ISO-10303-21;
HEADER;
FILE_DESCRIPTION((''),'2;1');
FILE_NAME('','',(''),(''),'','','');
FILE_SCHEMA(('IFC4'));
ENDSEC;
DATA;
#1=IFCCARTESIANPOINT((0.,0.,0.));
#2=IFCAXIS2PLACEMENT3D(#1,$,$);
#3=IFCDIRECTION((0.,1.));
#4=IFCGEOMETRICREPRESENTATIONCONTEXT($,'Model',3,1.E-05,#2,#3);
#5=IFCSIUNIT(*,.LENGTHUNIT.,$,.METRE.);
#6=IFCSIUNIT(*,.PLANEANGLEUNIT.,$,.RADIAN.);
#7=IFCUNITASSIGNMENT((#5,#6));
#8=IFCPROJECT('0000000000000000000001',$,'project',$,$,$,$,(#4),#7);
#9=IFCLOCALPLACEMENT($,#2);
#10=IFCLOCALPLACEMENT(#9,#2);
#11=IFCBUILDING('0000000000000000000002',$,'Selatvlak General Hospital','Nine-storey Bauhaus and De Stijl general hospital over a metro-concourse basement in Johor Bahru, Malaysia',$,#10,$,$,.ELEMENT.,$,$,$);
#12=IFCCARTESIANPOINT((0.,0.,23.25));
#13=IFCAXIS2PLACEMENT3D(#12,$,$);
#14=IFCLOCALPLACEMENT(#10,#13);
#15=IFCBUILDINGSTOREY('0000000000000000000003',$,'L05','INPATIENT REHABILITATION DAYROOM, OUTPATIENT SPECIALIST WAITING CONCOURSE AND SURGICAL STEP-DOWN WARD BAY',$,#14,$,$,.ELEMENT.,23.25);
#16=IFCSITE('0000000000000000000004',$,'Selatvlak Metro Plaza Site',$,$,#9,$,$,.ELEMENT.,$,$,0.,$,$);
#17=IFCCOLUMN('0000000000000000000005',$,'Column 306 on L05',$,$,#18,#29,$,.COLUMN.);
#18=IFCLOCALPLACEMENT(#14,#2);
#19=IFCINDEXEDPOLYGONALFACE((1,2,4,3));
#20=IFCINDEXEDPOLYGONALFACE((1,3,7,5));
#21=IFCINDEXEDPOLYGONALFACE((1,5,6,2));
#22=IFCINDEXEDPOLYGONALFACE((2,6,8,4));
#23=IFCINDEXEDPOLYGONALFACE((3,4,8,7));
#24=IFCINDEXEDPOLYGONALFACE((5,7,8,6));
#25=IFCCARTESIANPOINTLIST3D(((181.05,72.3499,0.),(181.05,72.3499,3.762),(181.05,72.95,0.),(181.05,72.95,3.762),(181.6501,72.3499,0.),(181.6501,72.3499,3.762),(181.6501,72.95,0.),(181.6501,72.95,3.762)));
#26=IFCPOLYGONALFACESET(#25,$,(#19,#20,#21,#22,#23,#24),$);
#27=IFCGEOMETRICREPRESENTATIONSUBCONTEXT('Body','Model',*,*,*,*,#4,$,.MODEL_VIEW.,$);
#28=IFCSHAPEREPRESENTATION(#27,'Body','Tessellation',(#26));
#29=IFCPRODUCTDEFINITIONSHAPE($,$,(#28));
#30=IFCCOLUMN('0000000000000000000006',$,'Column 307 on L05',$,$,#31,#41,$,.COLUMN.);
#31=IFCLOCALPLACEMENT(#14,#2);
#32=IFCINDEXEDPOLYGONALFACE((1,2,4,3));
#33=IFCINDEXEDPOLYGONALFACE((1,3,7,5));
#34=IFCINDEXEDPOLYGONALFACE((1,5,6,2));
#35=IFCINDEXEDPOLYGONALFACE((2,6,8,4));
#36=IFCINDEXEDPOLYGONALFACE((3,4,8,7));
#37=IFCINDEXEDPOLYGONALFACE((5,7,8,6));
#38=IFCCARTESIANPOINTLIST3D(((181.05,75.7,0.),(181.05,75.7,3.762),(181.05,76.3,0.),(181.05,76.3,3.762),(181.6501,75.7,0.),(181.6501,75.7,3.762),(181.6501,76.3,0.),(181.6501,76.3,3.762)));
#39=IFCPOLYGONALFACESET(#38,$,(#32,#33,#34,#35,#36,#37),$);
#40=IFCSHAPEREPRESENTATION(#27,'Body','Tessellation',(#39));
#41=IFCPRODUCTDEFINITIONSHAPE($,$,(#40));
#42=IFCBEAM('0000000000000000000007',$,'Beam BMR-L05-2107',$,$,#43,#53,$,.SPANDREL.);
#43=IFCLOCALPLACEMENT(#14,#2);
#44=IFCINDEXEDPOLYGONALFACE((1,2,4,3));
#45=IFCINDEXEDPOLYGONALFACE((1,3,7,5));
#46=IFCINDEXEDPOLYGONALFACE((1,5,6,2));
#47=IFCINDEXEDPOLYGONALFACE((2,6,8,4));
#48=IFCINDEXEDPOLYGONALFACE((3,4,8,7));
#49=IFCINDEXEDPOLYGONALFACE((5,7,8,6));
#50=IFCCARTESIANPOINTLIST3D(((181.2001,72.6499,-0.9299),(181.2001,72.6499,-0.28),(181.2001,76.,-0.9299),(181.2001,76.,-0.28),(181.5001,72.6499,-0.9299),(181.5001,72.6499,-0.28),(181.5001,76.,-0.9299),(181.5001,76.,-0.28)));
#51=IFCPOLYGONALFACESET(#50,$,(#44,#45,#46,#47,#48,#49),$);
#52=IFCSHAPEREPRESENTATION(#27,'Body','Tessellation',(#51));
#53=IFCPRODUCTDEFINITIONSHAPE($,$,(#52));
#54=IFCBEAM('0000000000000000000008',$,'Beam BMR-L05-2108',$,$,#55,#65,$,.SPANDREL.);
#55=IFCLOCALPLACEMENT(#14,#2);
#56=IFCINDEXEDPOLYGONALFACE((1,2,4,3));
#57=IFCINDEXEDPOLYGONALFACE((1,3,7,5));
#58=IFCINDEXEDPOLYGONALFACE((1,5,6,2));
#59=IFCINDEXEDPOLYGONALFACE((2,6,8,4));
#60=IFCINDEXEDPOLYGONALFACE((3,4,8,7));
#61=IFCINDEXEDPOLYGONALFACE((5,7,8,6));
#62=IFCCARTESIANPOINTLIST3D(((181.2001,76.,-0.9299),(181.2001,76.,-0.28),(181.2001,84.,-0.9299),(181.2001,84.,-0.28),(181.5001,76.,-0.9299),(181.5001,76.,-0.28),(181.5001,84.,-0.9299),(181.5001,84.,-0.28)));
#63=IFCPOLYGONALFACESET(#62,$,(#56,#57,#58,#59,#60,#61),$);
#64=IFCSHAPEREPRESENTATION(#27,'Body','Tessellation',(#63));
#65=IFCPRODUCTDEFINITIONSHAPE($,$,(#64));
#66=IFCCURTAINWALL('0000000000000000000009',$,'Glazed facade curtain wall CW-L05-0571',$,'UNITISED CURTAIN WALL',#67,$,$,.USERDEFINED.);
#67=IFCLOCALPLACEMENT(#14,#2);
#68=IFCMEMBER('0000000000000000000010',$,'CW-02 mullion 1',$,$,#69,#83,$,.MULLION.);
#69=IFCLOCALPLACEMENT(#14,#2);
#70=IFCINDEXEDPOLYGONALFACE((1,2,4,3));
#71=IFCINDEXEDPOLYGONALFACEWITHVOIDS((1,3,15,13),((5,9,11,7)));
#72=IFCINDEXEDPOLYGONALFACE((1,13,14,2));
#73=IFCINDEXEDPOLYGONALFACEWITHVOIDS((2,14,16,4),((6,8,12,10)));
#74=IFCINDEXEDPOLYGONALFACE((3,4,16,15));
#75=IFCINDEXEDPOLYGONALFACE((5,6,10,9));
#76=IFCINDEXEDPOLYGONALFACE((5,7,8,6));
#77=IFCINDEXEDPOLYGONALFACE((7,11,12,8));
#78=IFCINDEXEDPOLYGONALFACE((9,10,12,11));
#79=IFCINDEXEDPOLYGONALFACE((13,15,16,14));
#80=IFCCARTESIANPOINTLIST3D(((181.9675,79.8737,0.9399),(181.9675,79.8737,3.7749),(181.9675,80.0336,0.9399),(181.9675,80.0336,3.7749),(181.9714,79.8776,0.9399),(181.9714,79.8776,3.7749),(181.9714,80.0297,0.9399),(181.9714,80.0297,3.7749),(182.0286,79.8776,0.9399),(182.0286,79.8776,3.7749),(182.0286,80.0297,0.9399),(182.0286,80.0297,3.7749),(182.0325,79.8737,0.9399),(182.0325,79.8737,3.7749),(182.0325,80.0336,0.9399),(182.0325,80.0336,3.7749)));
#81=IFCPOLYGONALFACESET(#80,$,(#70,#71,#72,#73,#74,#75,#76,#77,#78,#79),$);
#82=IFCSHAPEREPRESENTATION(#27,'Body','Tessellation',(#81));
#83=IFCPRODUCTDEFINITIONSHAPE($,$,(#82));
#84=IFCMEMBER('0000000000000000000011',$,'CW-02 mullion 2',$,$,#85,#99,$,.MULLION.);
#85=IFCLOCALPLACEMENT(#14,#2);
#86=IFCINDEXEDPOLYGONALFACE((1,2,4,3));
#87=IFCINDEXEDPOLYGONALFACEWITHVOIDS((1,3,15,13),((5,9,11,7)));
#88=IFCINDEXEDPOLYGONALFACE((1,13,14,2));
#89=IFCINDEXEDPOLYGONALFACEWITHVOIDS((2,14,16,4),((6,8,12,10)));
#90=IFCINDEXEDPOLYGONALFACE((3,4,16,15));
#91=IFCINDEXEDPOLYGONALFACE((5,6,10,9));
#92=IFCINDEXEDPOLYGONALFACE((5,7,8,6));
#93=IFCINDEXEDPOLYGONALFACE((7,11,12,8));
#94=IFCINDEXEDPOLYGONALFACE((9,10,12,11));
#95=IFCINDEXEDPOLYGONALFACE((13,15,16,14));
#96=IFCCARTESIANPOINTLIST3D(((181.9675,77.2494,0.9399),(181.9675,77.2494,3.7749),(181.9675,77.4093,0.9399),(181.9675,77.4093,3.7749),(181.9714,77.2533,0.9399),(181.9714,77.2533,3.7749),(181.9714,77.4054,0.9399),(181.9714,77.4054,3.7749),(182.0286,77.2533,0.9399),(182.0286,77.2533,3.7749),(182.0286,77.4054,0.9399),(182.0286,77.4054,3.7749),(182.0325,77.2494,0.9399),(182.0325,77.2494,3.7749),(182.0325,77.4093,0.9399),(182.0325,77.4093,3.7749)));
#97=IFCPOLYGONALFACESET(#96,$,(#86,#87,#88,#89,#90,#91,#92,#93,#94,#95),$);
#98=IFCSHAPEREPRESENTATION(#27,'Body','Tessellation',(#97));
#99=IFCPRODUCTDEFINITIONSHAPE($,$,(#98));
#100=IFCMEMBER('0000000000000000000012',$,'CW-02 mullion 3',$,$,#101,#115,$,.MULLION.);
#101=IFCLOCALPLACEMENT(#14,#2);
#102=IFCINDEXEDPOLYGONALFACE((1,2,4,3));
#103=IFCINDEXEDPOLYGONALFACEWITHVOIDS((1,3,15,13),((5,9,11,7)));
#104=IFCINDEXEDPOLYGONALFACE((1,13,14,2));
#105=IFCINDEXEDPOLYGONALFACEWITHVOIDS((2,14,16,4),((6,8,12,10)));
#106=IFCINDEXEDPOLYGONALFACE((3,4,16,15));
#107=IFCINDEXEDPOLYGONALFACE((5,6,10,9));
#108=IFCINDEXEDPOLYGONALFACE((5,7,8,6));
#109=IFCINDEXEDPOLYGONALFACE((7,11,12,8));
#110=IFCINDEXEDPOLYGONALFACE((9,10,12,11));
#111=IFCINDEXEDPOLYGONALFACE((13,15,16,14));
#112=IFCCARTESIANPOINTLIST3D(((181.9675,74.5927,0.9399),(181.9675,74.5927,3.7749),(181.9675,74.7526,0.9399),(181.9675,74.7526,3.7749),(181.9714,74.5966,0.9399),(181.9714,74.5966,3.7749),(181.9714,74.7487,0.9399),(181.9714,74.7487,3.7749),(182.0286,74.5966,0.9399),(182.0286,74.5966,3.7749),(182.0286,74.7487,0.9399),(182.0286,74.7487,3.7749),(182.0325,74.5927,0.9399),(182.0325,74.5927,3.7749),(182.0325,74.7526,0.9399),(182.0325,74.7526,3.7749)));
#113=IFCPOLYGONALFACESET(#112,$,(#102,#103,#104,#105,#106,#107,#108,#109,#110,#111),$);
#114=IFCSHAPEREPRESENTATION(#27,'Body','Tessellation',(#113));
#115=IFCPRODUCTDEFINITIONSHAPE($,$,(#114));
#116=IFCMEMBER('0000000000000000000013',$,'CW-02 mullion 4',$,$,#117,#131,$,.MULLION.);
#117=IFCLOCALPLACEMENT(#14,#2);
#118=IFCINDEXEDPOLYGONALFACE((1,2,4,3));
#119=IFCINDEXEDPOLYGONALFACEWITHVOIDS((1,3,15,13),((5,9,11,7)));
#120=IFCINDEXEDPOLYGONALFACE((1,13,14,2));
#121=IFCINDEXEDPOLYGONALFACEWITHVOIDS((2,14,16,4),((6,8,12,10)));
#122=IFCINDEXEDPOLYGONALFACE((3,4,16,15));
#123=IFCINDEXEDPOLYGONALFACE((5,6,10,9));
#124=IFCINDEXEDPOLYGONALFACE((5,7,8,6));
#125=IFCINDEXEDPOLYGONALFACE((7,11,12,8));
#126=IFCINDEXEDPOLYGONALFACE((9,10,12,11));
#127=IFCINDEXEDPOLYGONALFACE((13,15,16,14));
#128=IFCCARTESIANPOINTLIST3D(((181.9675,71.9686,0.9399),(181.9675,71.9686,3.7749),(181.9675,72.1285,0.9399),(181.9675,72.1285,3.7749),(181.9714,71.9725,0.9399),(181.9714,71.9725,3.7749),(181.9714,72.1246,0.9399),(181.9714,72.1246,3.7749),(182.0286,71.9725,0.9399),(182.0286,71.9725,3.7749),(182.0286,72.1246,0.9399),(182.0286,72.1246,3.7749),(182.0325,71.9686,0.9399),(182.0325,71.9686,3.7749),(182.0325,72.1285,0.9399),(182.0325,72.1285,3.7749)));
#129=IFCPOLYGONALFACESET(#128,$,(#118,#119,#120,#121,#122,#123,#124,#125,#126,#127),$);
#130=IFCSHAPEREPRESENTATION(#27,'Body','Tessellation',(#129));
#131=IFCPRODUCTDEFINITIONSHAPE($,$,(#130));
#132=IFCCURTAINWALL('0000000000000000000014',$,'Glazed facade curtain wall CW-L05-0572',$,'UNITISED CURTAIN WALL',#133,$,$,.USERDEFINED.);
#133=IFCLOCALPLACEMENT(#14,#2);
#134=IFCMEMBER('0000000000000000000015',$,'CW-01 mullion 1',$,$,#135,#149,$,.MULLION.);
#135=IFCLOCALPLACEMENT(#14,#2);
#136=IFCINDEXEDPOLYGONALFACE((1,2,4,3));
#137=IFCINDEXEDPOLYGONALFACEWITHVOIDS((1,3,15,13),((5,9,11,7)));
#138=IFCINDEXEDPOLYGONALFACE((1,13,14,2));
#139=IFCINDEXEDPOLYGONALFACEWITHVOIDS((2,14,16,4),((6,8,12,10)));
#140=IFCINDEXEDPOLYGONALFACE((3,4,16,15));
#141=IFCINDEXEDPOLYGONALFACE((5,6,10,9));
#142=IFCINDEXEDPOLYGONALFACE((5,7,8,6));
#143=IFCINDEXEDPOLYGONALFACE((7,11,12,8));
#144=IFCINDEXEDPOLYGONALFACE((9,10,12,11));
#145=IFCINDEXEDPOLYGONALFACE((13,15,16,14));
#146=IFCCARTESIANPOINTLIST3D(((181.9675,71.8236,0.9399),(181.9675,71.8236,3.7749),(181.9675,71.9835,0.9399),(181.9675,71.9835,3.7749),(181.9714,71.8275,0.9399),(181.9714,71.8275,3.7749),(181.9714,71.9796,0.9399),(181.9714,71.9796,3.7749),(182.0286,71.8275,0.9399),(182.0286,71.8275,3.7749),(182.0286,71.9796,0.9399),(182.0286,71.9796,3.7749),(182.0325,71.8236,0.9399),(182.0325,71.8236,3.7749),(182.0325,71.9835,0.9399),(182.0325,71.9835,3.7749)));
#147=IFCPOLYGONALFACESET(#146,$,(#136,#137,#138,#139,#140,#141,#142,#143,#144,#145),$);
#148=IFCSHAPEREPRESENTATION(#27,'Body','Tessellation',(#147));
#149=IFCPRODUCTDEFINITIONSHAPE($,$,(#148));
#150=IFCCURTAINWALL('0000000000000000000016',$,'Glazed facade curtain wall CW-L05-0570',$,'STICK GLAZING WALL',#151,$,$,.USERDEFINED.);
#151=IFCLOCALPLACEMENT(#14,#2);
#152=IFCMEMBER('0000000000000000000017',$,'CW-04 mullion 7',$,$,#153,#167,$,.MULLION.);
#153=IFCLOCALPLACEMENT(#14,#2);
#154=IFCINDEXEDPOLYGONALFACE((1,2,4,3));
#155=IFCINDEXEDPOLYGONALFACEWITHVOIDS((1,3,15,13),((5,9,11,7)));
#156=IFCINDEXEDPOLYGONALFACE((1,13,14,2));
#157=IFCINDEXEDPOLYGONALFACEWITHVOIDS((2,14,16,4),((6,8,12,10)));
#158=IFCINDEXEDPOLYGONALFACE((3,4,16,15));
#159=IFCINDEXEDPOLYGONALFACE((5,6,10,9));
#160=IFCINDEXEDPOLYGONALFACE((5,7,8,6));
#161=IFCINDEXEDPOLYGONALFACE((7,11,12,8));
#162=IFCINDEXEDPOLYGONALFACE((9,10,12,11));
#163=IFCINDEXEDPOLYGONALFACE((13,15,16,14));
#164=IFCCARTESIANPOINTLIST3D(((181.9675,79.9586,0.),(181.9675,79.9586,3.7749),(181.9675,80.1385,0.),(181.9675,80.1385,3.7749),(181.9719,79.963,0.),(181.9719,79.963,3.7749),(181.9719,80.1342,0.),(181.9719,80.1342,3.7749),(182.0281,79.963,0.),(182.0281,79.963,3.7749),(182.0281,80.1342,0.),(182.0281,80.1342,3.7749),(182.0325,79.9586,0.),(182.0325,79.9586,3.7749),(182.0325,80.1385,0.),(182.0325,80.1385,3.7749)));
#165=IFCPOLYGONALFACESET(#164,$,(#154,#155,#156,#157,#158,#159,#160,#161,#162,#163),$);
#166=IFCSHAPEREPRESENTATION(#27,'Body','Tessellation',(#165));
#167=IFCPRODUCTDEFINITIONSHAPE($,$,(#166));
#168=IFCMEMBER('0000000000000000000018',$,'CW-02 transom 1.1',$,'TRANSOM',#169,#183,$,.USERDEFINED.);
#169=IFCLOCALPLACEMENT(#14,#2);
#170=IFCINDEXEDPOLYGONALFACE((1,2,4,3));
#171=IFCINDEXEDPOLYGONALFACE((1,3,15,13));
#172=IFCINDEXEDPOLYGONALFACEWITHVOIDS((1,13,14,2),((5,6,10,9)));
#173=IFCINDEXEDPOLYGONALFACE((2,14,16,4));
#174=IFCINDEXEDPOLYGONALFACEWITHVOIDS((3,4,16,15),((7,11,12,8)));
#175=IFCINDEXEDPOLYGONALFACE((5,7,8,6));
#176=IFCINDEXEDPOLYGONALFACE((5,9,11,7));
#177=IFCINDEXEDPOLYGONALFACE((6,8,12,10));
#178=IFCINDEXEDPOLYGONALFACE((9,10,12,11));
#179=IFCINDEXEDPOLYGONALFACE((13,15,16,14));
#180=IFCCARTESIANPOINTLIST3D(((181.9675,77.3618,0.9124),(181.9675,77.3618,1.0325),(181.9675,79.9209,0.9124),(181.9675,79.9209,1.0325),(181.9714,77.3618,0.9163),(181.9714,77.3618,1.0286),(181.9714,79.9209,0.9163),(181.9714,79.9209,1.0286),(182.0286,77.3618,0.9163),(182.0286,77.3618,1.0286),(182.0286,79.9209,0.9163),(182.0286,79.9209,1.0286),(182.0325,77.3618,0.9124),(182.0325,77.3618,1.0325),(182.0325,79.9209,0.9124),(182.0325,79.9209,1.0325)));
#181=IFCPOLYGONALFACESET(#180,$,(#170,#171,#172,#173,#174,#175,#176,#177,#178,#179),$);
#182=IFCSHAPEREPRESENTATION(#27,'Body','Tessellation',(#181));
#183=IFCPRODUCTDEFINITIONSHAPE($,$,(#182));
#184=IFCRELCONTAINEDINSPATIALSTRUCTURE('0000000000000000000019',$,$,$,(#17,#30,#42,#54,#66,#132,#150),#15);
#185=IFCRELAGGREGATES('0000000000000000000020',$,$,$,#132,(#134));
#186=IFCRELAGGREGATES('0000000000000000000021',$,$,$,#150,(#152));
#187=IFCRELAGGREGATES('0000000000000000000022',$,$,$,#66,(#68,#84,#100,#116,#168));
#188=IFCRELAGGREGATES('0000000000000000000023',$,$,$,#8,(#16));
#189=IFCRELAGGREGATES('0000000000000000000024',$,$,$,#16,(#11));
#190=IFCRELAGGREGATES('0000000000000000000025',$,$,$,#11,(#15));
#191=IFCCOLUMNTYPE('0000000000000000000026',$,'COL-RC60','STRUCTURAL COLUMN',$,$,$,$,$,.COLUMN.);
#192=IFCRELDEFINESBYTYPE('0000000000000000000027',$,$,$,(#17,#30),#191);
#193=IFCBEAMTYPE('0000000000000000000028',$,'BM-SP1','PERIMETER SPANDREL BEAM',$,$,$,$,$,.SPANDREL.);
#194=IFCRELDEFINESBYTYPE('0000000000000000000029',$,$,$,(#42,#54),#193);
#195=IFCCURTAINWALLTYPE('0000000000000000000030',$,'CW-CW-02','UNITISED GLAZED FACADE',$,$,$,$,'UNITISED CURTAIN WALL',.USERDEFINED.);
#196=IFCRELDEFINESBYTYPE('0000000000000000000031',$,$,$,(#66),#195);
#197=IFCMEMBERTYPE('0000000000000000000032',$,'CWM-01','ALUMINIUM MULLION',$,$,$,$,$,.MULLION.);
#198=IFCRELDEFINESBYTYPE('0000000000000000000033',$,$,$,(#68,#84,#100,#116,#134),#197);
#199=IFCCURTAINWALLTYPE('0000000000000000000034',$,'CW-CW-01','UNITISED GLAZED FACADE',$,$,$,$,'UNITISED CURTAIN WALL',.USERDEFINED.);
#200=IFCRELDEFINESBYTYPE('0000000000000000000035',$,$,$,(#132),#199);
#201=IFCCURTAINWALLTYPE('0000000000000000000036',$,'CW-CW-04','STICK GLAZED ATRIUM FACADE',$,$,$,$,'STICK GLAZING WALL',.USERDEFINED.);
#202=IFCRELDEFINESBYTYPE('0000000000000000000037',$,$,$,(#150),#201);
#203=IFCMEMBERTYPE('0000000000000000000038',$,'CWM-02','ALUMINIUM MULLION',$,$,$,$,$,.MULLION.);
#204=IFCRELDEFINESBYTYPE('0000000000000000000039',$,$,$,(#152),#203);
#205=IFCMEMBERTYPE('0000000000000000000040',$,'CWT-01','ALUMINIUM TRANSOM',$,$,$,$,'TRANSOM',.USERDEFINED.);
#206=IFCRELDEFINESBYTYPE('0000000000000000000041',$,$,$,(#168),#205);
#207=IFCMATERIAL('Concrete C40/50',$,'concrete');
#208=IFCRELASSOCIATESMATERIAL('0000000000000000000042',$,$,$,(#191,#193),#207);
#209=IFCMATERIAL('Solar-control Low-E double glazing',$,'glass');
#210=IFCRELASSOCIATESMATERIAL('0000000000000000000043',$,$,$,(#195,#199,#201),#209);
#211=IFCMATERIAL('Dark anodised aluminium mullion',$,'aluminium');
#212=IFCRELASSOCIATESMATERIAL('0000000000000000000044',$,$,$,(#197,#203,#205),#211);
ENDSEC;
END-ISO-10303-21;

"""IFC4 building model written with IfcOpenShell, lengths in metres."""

from ifc_helpers import new_model, si_unit, direction, frame, origin, origin_2d, place, context, subcontext, project, spatial, rectangle, hollow_rectangle, extrude, material, material_profile, profile_set, type_object, element, aggregate, save


model = new_model("IFC4")

# Units and contexts
model_context = context("Model", 3, precision=1e-05, world=origin(), true_north=direction((0.0, 1.0)))
body_context = subcontext(model_context, "Body", "Model", "MODEL_VIEW")
ifc_project = project(units=[si_unit("LENGTHUNIT", "METRE"), si_unit("PLANEANGLEUNIT", "RADIAN")], contexts=[model_context])

# Site, building, storey
site_placement = place(None, origin())
site = spatial("IfcSite", under=ifc_project, at=site_placement, Name="Selatvlak Metro Plaza Site", CompositionType="ELEMENT", RefElevation=0.0)
building_placement = place(site_placement, origin())
building = spatial("IfcBuilding", under=site, at=building_placement, Name="Selatvlak General Hospital", Description="Nine-storey Bauhaus and De Stijl general hospital over a metro-concourse basement in Johor Bahru, Malaysia", CompositionType="ELEMENT")
storey_placement = place(building_placement, frame((0.0, 0.0, 23.25)))
storey = spatial("IfcBuildingStorey", under=building, at=storey_placement, Name="L05", Description="INPATIENT REHABILITATION DAYROOM, OUTPATIENT SPECIALIST WAITING CONCOURSE AND SURGICAL STEP-DOWN WARD BAY", CompositionType="ELEMENT", Elevation=23.25)

# Columns
ifc_material_1 = material(Name="Concrete C40/50", Category="concrete")
ifc_material_profile_1 = material_profile(ifc_material_1, rectangle(XDim=0.6001, YDim=0.6001, at=origin_2d()), Name="RC-COL 600x600")
ifc_profile_set_1 = profile_set([ifc_material_profile_1], Name="Concrete C40/50")
column_type = type_object("IfcColumnType", Name="COL-RC60", Description="STRUCTURAL COLUMN", PredefinedType="COLUMN", material=ifc_profile_set_1)
for number, where, z_axis, x_axis, name in (
    (1, (181.3501, 72.6499, 0.0), (0.0, 0.0, 1.0), (1.0, 0.0, 0.0), "Column 306 on L05"),
    (2, (181.3501, 76.0, 0.0), (0.0, 0.0, 1.0), (1.0, 0.0, 0.0), "Column 307 on L05"),
):
    element("IfcColumn", number, at=place(storey_placement, frame(where, z_axis=z_axis, x_axis=x_axis)), inside=storey, type_object=column_type, Name=name, PredefinedType="COLUMN", context=body_context, shape_type="SweptSolid", body=[
        extrude(rectangle(XDim=0.6001, YDim=0.6001, at=origin_2d()), origin(), (0.0, 0.0, 1.0), 3.762),
    ])

# Beams
ifc_material_profile_2 = material_profile(ifc_material_1, rectangle(XDim=0.3, YDim=0.6499, at=origin_2d()), Name="RC-SP 300x650")
ifc_profile_set_2 = profile_set([ifc_material_profile_2], Name="Concrete C40/50")
beam_type = type_object("IfcBeamType", Name="BM-SP1", Description="PERIMETER SPANDREL BEAM", PredefinedType="SPANDREL", material=ifc_profile_set_2)
beam_1_placement = place(storey_placement, frame((181.3501, 72.6499, -0.605), z_axis=(0.0, 1.0, 0.0), x_axis=(-1.0, 0.0, 0.0)))
element("IfcBeam", 3, at=beam_1_placement, inside=storey, type_object=beam_type, Name="Beam BMR-L05-2107", PredefinedType="SPANDREL", context=body_context, shape_type="SweptSolid", body=[
    extrude(rectangle(XDim=0.3, YDim=0.6499, at=origin_2d()), origin(), (0.0, 0.0, 1.0), 3.3501),
])
beam_2_placement = place(storey_placement, frame((181.3501, 76.0, -0.605), z_axis=(0.0, 1.0, 0.0), x_axis=(-1.0, 0.0, 0.0)))
element("IfcBeam", 4, at=beam_2_placement, inside=storey, type_object=beam_type, Name="Beam BMR-L05-2108", PredefinedType="SPANDREL", context=body_context, shape_type="SweptSolid", body=[
    extrude(rectangle(XDim=0.3, YDim=0.6499, at=origin_2d()), origin(), (0.0, 0.0, 1.0), 8.0),
])

# Curtain wall, members
ifc_material_2 = material(Name="Solar-control Low-E double glazing", Category="glass")
curtain_wall_type_1 = type_object("IfcCurtainWallType", Name="CW-CW-02", Description="UNITISED GLAZED FACADE", ElementType="UNITISED CURTAIN WALL", PredefinedType="USERDEFINED", material=ifc_material_2)
curtain_wall_1_placement = place(storey_placement, origin())
curtain_wall_1 = element("IfcCurtainWall", 5, at=curtain_wall_1_placement, inside=storey, type_object=curtain_wall_type_1, Name="Glazed facade curtain wall CW-L05-0571", ObjectType="UNITISED CURTAIN WALL", PredefinedType="USERDEFINED")
ifc_material_3 = material(Name="Dark anodised aluminium mullion", Category="aluminium")
ifc_material_profile_3 = material_profile(ifc_material_3, hollow_rectangle(XDim=0.0649, YDim=0.1599, WallThickness=0.0039, at=origin_2d()), Name="AL-MUL 65x160x4")
ifc_profile_set_3 = profile_set([ifc_material_profile_3], Name="Dark anodised aluminium mullion")
member_type_1 = type_object("IfcMemberType", Name="CWM-01", Description="ALUMINIUM MULLION", PredefinedType="MULLION", material=ifc_profile_set_3)
member_1_placement = place(storey_placement, frame((182.0, 79.9536, 0.9399), z_axis=(0.0, 0.0, 1.0), x_axis=(1.0, 0.0, 0.0)))
member_1 = element("IfcMember", 6, at=member_1_placement, type_object=member_type_1, Name="CW-02 mullion 1", PredefinedType="MULLION", context=body_context, shape_type="SweptSolid", body=[
    extrude(hollow_rectangle(XDim=0.0649, YDim=0.1599, WallThickness=0.0039, at=origin_2d()), origin(), (0.0, 0.0, 1.0), 2.835),
])
member_2_placement = place(storey_placement, frame((182.0, 77.3293, 0.9399), z_axis=(0.0, 0.0, 1.0), x_axis=(1.0, 0.0, 0.0)))
member_2 = element("IfcMember", 7, at=member_2_placement, type_object=member_type_1, Name="CW-02 mullion 2", PredefinedType="MULLION", context=body_context, shape_type="SweptSolid", body=[
    extrude(hollow_rectangle(XDim=0.0649, YDim=0.1599, WallThickness=0.0039, at=origin_2d()), origin(), (0.0, 0.0, 1.0), 2.835),
])
member_3_placement = place(storey_placement, frame((182.0, 74.6726, 0.9399), z_axis=(0.0, 0.0, 1.0), x_axis=(1.0, 0.0, 0.0)))
member_3 = element("IfcMember", 8, at=member_3_placement, type_object=member_type_1, Name="CW-02 mullion 3", PredefinedType="MULLION", context=body_context, shape_type="SweptSolid", body=[
    extrude(hollow_rectangle(XDim=0.0649, YDim=0.1599, WallThickness=0.0039, at=origin_2d()), origin(), (0.0, 0.0, 1.0), 2.835),
])
member_4_placement = place(storey_placement, frame((182.0, 72.0486, 0.9399), z_axis=(0.0, 0.0, 1.0), x_axis=(1.0, 0.0, 0.0)))
member_4 = element("IfcMember", 9, at=member_4_placement, type_object=member_type_1, Name="CW-02 mullion 4", PredefinedType="MULLION", context=body_context, shape_type="SweptSolid", body=[
    extrude(hollow_rectangle(XDim=0.0649, YDim=0.1599, WallThickness=0.0039, at=origin_2d()), origin(), (0.0, 0.0, 1.0), 2.835),
])

# Curtain walls, members
curtain_wall_type_2 = type_object("IfcCurtainWallType", Name="CW-CW-01", Description="UNITISED GLAZED FACADE", ElementType="UNITISED CURTAIN WALL", PredefinedType="USERDEFINED", material=ifc_material_2)
curtain_wall_2_placement = place(storey_placement, origin())
curtain_wall_2 = element("IfcCurtainWall", 10, at=curtain_wall_2_placement, inside=storey, type_object=curtain_wall_type_2, Name="Glazed facade curtain wall CW-L05-0572", ObjectType="UNITISED CURTAIN WALL", PredefinedType="USERDEFINED")
member_5_placement = place(storey_placement, frame((182.0, 71.9036, 0.9399), z_axis=(0.0, 0.0, 1.0), x_axis=(1.0, 0.0, 0.0)))
member_5 = element("IfcMember", 11, at=member_5_placement, type_object=member_type_1, Name="CW-01 mullion 1", PredefinedType="MULLION", context=body_context, shape_type="SweptSolid", body=[
    extrude(hollow_rectangle(XDim=0.0649, YDim=0.1599, WallThickness=0.0039, at=origin_2d()), origin(), (0.0, 0.0, 1.0), 2.835),
])
aggregate(curtain_wall_2, [member_5])
curtain_wall_type_3 = type_object("IfcCurtainWallType", Name="CW-CW-04", Description="STICK GLAZED ATRIUM FACADE", ElementType="STICK GLAZING WALL", PredefinedType="USERDEFINED", material=ifc_material_2)
curtain_wall_3_placement = place(storey_placement, origin())
curtain_wall_3 = element("IfcCurtainWall", 12, at=curtain_wall_3_placement, inside=storey, type_object=curtain_wall_type_3, Name="Glazed facade curtain wall CW-L05-0570", ObjectType="STICK GLAZING WALL", PredefinedType="USERDEFINED")
ifc_material_profile_4 = material_profile(ifc_material_3, hollow_rectangle(XDim=0.0649, YDim=0.1799, WallThickness=0.0044, at=origin_2d()), Name="AL-MUL 65x180x4.5")
ifc_profile_set_4 = profile_set([ifc_material_profile_4], Name="Dark anodised aluminium mullion")
member_type_2 = type_object("IfcMemberType", Name="CWM-02", Description="ALUMINIUM MULLION", PredefinedType="MULLION", material=ifc_profile_set_4)
member_6_placement = place(storey_placement, frame((182.0, 80.0486, 0.0), z_axis=(0.0, 0.0, 1.0), x_axis=(1.0, 0.0, 0.0)))
member_6 = element("IfcMember", 13, at=member_6_placement, type_object=member_type_2, Name="CW-04 mullion 7", PredefinedType="MULLION", context=body_context, shape_type="SweptSolid", body=[
    extrude(hollow_rectangle(XDim=0.0649, YDim=0.1799, WallThickness=0.0044, at=origin_2d()), origin(), (0.0, 0.0, 1.0), 3.7749),
])

# Member
ifc_material_profile_5 = material_profile(ifc_material_3, hollow_rectangle(XDim=0.0649, YDim=0.1201, WallThickness=0.0039, at=origin_2d()), Name="AL-TRN 65x120x4")
ifc_profile_set_5 = profile_set([ifc_material_profile_5], Name="Dark anodised aluminium mullion")
member_type_3 = type_object("IfcMemberType", Name="CWT-01", Description="ALUMINIUM TRANSOM", ElementType="TRANSOM", PredefinedType="USERDEFINED", material=ifc_profile_set_5)
member_7_placement = place(storey_placement, frame((182.0, 79.9209, 0.9724), z_axis=(0.0, -1.0, 0.0), x_axis=(1.0, 0.0, 0.0)))
member_7 = element("IfcMember", 14, at=member_7_placement, type_object=member_type_3, Name="CW-02 transom 1.1", ObjectType="TRANSOM", PredefinedType="USERDEFINED", context=body_context, shape_type="SweptSolid", body=[
    extrude(hollow_rectangle(XDim=0.0649, YDim=0.1201, WallThickness=0.0039, at=origin_2d()), origin(), (0.0, 0.0, 1.0), 2.5591),
])

aggregate(curtain_wall_3, [member_6])
aggregate(curtain_wall_1, [member_1, member_2, member_3, member_4, member_7])

save(model, "model.ifc")
